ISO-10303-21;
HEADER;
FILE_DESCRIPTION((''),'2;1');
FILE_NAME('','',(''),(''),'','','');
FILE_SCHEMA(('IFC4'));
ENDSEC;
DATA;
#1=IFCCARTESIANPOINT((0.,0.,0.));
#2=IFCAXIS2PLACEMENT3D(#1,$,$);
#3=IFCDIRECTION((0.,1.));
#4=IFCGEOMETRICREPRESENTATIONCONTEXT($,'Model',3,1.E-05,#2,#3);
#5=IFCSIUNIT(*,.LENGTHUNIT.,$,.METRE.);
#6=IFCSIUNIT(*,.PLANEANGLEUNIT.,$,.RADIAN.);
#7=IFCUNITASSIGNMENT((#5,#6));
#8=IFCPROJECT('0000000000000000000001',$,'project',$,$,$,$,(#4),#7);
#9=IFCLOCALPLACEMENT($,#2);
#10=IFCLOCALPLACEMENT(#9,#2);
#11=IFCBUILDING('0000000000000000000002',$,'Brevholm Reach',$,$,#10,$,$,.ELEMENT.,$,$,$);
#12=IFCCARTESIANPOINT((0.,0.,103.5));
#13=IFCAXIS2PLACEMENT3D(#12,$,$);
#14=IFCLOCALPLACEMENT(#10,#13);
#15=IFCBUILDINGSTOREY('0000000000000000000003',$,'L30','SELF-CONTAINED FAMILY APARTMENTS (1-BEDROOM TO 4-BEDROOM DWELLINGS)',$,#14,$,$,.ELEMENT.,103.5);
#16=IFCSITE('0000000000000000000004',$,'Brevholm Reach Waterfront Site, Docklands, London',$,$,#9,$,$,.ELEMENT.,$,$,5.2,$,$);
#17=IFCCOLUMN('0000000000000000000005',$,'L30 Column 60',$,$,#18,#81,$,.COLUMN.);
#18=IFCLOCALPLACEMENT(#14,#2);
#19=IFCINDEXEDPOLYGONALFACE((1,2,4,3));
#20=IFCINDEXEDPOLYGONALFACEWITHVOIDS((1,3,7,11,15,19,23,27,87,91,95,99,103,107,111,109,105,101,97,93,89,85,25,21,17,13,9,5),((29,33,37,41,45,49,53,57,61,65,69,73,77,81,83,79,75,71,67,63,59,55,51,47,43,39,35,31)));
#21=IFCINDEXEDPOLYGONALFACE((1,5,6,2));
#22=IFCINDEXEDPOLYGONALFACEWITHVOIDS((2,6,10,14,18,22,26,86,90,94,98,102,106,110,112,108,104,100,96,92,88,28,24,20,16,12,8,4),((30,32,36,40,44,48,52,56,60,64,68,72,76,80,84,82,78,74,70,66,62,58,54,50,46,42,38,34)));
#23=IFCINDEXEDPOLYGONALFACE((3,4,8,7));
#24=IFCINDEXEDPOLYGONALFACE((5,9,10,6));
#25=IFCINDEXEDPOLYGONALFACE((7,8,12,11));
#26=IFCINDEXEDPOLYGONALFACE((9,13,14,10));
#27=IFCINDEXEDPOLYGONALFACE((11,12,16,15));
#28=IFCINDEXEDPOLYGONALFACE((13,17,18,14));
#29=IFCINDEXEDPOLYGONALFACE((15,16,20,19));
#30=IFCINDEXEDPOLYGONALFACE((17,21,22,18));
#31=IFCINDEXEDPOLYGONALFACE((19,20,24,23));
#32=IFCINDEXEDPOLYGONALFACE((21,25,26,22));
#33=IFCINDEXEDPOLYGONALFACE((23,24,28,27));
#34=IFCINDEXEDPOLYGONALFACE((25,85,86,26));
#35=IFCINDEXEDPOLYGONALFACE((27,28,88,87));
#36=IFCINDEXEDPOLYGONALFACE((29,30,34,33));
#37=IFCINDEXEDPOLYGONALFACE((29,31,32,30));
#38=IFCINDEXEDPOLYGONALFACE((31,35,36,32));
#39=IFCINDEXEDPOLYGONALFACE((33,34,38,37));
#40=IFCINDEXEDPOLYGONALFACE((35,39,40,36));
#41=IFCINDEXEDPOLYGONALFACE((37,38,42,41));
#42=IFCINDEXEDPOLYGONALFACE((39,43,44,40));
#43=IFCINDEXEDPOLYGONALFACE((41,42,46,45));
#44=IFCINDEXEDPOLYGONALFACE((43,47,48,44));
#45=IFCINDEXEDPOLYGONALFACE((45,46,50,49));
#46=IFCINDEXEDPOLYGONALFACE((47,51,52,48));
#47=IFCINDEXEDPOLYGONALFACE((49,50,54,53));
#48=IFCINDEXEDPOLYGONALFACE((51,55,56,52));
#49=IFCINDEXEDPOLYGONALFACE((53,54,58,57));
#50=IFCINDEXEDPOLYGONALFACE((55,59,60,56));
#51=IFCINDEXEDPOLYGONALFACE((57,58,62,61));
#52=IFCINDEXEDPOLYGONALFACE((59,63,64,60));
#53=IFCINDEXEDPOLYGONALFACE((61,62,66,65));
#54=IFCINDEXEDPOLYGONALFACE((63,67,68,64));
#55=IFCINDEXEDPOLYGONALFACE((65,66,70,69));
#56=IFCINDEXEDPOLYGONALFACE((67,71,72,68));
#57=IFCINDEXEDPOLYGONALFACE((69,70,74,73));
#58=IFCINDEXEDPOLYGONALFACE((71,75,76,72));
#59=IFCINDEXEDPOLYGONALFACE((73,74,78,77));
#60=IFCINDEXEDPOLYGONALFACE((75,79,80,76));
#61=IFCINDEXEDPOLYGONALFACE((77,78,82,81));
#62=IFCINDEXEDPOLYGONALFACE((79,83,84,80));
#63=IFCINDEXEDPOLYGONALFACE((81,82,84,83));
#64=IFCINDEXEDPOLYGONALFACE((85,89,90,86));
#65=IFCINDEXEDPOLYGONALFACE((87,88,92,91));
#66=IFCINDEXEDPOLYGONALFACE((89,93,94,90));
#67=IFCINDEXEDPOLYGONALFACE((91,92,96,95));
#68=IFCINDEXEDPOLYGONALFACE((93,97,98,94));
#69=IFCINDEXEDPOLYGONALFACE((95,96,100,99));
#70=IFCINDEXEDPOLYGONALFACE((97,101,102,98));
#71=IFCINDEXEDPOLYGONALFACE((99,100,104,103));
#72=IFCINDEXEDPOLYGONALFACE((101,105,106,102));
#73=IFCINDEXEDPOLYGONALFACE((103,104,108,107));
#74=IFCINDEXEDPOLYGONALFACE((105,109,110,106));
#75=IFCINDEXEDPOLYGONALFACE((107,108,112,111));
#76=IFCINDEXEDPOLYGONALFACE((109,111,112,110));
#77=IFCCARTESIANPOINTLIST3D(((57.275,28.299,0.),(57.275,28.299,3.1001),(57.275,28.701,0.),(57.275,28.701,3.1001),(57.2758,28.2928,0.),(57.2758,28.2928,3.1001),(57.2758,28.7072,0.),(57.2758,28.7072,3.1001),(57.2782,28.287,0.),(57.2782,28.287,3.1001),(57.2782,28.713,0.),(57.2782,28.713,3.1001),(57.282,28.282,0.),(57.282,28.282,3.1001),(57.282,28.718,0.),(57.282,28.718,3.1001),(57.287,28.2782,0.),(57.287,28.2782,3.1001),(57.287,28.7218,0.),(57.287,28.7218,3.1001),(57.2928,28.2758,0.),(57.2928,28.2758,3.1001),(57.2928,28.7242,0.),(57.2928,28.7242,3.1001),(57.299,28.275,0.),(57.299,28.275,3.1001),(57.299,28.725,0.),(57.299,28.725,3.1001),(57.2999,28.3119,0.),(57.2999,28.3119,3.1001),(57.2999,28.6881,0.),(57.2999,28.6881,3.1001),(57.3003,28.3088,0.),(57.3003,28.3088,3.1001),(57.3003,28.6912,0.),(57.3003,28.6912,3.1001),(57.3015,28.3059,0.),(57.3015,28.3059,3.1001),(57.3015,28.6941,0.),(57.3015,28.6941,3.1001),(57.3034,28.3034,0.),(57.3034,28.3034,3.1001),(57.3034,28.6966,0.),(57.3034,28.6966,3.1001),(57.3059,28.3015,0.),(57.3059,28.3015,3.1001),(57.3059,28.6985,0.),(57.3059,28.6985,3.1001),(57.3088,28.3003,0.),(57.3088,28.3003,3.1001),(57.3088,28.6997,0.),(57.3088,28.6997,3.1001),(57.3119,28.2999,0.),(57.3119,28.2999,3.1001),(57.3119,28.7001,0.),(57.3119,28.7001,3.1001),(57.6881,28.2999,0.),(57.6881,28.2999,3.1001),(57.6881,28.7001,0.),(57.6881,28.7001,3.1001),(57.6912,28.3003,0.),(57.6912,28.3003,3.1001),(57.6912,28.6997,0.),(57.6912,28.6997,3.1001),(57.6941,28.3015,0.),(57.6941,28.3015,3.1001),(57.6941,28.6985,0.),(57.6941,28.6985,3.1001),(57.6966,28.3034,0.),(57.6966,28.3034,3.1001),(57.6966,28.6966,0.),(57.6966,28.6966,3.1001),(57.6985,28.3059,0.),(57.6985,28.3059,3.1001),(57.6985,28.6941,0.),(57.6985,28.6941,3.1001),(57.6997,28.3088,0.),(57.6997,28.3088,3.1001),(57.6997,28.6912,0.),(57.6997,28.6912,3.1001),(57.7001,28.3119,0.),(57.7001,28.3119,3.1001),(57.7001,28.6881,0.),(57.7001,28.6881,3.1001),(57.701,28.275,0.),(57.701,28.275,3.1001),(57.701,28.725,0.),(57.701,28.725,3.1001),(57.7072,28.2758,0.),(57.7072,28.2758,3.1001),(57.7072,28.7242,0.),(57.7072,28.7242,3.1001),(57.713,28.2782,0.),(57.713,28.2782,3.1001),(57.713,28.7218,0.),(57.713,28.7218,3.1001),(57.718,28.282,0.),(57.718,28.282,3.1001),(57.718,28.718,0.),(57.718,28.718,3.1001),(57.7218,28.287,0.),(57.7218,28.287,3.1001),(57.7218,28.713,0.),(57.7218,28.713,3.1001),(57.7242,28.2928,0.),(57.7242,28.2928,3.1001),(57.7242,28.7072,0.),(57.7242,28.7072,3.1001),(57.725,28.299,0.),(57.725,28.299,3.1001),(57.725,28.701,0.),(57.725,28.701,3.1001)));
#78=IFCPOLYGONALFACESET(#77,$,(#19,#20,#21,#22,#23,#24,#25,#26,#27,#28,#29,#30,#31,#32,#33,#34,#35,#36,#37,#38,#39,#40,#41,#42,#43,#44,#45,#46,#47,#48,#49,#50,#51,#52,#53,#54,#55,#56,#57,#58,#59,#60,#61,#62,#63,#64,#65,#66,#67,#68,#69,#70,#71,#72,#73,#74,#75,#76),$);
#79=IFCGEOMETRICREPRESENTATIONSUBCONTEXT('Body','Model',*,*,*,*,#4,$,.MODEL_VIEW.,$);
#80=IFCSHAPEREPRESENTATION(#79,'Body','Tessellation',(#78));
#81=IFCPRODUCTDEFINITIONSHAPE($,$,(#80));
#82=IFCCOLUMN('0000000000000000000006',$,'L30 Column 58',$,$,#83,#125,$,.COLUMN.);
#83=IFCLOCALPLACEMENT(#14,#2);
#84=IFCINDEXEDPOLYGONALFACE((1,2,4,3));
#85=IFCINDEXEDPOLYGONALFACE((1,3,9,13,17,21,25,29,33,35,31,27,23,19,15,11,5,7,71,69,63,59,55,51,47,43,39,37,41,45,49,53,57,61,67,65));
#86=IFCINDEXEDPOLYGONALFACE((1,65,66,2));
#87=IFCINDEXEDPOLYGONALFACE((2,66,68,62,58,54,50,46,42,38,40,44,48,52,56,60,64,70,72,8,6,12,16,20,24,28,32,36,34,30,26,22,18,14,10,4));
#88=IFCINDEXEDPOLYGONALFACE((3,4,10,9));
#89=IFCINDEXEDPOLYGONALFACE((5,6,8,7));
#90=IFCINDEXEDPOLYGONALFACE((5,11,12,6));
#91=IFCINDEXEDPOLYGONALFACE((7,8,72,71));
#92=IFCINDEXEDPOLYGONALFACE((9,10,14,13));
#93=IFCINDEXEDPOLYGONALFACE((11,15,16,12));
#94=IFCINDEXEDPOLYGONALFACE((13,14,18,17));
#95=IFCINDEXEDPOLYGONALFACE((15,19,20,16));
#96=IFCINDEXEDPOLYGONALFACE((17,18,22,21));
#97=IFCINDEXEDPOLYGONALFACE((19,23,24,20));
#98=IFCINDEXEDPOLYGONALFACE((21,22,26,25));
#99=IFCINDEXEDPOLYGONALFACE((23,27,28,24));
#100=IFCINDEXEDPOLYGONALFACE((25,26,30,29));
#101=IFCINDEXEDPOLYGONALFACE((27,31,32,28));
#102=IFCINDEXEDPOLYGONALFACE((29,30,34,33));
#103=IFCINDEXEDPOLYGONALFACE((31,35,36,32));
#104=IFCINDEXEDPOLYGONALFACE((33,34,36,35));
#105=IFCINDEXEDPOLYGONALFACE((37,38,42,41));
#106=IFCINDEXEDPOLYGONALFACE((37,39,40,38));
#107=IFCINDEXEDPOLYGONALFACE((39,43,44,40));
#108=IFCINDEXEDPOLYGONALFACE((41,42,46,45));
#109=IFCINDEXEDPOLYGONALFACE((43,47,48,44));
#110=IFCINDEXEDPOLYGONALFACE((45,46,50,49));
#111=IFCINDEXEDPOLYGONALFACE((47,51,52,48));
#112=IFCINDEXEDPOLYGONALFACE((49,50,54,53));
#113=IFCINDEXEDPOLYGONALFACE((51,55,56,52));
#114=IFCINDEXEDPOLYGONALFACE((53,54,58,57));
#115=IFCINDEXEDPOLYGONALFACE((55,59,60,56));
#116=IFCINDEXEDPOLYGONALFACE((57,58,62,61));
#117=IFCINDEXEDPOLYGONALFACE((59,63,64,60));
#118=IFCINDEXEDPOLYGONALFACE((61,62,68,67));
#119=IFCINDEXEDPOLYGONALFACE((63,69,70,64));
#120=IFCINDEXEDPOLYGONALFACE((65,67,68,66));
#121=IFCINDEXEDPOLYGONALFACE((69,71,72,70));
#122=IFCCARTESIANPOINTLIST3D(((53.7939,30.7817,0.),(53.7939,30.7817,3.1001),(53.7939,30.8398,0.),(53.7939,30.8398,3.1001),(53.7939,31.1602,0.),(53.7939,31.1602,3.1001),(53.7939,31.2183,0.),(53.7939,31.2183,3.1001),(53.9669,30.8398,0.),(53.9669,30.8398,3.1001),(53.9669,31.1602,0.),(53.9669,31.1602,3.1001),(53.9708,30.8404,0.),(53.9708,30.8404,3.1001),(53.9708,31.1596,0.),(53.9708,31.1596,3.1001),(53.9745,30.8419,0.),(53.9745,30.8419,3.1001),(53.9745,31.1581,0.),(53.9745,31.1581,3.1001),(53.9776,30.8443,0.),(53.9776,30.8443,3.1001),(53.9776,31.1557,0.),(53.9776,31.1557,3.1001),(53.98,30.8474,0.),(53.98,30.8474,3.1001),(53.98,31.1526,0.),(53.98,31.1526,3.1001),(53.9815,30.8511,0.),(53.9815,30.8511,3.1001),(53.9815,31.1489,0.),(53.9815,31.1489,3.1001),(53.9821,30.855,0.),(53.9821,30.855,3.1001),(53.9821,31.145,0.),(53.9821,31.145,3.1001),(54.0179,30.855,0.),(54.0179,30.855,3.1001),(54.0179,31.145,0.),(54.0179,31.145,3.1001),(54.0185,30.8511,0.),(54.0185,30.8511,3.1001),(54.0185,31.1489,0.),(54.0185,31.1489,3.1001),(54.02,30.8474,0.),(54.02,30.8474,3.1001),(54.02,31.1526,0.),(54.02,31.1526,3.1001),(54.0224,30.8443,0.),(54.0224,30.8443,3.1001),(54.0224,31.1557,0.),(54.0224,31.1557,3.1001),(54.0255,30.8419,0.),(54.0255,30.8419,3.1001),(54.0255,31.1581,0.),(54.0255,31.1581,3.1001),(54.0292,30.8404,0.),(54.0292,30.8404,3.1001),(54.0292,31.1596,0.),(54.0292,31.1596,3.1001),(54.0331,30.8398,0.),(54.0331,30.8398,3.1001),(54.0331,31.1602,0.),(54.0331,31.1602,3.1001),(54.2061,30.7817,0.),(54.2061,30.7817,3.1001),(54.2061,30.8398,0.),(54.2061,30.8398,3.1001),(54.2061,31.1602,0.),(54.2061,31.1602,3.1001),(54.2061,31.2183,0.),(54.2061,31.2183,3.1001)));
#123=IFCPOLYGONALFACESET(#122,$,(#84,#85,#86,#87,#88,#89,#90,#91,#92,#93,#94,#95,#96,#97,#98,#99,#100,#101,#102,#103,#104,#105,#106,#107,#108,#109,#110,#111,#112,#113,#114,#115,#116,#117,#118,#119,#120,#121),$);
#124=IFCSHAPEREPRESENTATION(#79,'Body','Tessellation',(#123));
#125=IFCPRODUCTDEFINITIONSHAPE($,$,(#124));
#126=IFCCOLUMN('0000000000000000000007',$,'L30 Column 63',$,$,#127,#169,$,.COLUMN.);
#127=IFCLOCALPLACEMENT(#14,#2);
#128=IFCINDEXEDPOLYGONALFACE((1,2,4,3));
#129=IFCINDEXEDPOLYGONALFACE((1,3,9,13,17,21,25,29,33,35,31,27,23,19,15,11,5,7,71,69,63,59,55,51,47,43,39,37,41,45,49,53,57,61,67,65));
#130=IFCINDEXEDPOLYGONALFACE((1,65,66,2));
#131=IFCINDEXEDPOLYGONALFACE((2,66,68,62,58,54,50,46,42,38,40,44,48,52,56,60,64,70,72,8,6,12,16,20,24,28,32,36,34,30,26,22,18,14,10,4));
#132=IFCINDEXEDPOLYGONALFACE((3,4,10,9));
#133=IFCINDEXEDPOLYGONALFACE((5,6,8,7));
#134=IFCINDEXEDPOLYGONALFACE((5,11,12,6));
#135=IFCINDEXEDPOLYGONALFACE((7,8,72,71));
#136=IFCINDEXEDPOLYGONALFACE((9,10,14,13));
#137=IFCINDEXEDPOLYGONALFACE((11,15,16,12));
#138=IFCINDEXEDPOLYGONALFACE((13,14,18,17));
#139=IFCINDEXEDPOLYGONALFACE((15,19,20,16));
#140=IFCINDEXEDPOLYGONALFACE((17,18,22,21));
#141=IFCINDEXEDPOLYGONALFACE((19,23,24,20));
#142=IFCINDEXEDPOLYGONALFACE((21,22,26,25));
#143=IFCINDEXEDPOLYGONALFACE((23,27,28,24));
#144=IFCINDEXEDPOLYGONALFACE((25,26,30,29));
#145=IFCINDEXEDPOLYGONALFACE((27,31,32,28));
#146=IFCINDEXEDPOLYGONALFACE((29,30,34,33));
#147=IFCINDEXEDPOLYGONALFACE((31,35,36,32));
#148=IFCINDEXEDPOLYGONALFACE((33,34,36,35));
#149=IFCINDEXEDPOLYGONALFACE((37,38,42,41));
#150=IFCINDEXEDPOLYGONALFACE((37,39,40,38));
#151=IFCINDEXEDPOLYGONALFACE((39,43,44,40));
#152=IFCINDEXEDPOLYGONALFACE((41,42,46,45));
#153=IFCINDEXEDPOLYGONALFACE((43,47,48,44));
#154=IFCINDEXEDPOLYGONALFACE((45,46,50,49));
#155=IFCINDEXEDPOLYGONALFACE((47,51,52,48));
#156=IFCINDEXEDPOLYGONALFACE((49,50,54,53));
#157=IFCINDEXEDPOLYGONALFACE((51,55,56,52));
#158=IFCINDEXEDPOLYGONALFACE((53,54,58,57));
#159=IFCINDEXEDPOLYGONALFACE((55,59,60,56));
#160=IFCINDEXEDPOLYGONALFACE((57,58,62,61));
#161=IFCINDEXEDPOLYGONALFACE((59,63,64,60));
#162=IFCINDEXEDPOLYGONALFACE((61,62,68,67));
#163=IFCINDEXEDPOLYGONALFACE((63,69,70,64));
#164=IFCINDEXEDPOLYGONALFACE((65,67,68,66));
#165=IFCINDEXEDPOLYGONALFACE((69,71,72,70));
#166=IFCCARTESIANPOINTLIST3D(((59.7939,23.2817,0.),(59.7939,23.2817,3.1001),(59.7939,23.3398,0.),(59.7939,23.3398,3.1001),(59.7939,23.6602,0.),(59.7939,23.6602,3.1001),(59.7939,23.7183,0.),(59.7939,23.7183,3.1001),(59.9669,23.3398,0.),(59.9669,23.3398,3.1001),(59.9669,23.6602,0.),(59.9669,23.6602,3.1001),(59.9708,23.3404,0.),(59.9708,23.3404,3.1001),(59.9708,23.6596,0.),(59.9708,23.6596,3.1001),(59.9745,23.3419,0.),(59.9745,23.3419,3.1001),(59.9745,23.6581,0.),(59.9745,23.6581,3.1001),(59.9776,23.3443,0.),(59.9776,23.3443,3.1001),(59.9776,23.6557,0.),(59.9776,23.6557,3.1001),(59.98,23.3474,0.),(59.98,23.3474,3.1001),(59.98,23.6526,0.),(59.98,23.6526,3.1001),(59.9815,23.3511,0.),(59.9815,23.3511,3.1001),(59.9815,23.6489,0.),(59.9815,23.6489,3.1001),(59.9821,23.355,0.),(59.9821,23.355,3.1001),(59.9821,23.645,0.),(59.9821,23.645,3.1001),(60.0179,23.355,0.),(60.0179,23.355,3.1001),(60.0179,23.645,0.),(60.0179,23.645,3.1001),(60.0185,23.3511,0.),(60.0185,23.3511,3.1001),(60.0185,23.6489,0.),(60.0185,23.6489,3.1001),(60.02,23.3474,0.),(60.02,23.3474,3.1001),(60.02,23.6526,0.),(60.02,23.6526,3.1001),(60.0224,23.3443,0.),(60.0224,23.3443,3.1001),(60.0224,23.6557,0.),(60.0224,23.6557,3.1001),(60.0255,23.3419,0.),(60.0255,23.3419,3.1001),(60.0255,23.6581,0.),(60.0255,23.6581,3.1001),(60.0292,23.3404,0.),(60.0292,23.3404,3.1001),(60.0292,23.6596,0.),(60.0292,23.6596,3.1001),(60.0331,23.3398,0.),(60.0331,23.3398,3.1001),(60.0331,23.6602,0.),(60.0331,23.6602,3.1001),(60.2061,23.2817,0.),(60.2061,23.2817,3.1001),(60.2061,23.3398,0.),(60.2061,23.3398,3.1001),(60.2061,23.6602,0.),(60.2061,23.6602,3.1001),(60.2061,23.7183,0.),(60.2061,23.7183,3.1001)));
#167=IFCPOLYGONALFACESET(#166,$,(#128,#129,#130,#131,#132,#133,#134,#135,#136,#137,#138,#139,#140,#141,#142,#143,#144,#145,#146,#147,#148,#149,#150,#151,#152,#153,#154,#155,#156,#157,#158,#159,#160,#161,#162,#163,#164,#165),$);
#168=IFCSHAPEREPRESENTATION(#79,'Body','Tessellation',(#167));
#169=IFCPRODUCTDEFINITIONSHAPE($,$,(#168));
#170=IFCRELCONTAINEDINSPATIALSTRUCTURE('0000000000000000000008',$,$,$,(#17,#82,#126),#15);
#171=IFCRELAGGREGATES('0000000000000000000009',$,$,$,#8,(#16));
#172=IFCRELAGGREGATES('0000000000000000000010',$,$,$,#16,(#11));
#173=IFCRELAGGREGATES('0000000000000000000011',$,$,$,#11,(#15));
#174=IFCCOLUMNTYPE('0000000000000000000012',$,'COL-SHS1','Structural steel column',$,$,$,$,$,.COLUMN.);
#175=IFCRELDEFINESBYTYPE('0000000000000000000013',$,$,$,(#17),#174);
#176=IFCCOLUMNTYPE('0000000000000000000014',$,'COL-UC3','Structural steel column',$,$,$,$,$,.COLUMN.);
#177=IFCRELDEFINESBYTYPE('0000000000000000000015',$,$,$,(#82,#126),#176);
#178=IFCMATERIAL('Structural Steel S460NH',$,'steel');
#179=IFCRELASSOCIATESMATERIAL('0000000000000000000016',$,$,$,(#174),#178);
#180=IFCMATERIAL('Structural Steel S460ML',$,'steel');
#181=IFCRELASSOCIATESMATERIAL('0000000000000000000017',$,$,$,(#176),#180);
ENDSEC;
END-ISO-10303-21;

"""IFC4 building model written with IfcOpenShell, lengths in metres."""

from ifc_helpers import new_model, si_unit, direction, frame, origin, origin_2d, place, context, subcontext, project, spatial, hollow_rectangle, i_section, extrude, material, material_profile, profile_set, type_object, element, save


model = new_model("IFC4")

# Units and contexts
model_context = context("Model", 3, precision=1e-05, world=origin(), true_north=direction((0.0, 1.0)))
body_context = subcontext(model_context, "Body", "Model", "MODEL_VIEW")
ifc_project = project(units=[si_unit("LENGTHUNIT", "METRE"), si_unit("PLANEANGLEUNIT", "RADIAN")], contexts=[model_context])

# Site, building, storey
site_placement = place(None, origin())
site = spatial("IfcSite", under=ifc_project, at=site_placement, Name="Brevholm Reach Waterfront Site, Docklands, London", CompositionType="ELEMENT", RefElevation=5.2)
building_placement = place(site_placement, origin())
building = spatial("IfcBuilding", under=site, at=building_placement, Name="Brevholm Reach", CompositionType="ELEMENT")
storey_placement = place(building_placement, frame((0.0, 0.0, 103.5)))
storey = spatial("IfcBuildingStorey", under=building, at=storey_placement, Name="L30", Description="SELF-CONTAINED FAMILY APARTMENTS (1-BEDROOM TO 4-BEDROOM DWELLINGS)", CompositionType="ELEMENT", Elevation=103.5)

# Columns
ifc_material_1 = material(Name="Structural Steel S460NH", Category="steel")
ifc_material_profile_1 = material_profile(ifc_material_1, hollow_rectangle(XDim=0.45, YDim=0.45, WallThickness=0.0249, InnerFilletRadius=0.012, OuterFilletRadius=0.0239, at=origin_2d()), Name="SHS 450x450x25")
ifc_profile_set_1 = profile_set([ifc_material_profile_1], Name="Structural Steel S460NH")
column_type_1 = type_object("IfcColumnType", Name="COL-SHS1", Description="Structural steel column", PredefinedType="COLUMN", material=ifc_profile_set_1)
column_1_placement = place(storey_placement, frame((57.5, 28.5, 0.0), z_axis=(0.0, 0.0, 1.0), x_axis=(1.0, 0.0, 0.0)))
element("IfcColumn", 1, at=column_1_placement, inside=storey, type_object=column_type_1, Name="L30 Column 60", PredefinedType="COLUMN", context=body_context, shape_type="SweptSolid", body=[
    extrude(hollow_rectangle(XDim=0.45, YDim=0.45, WallThickness=0.0249, InnerFilletRadius=0.012, OuterFilletRadius=0.0239, at=origin_2d()), origin(), (0.0, 0.0, 1.0), 3.1001),
])
ifc_material_2 = material(Name="Structural Steel S460ML", Category="steel")
ifc_material_profile_2 = material_profile(ifc_material_2, i_section(OverallWidth=0.4121, OverallDepth=0.4365, WebThickness=0.0359, FlangeThickness=0.0581, FilletRadius=0.0151, at=origin_2d()), Name="UKC 356x406x467")
ifc_profile_set_2 = profile_set([ifc_material_profile_2], Name="Structural Steel S460ML")
column_type_2 = type_object("IfcColumnType", Name="COL-UC3", Description="Structural steel column", PredefinedType="COLUMN", material=ifc_profile_set_2)
for number, where, z_axis, x_axis, name in (
    (2, (54.0, 31.0, 0.0), (0.0, 0.0, 1.0), (1.0, 0.0, 0.0), "L30 Column 58"),
    (3, (60.0, 23.5, 0.0), (0.0, 0.0, 1.0), (1.0, 0.0, 0.0), "L30 Column 63"),
):
    element("IfcColumn", number, at=place(storey_placement, frame(where, z_axis=z_axis, x_axis=x_axis)), inside=storey, type_object=column_type_2, Name=name, PredefinedType="COLUMN", context=body_context, shape_type="SweptSolid", body=[
        extrude(i_section(OverallWidth=0.4121, OverallDepth=0.4365, WebThickness=0.0359, FlangeThickness=0.0581, FilletRadius=0.0151, at=origin_2d()), origin(), (0.0, 0.0, 1.0), 3.1001),
    ])

save(model, "model.ifc")
